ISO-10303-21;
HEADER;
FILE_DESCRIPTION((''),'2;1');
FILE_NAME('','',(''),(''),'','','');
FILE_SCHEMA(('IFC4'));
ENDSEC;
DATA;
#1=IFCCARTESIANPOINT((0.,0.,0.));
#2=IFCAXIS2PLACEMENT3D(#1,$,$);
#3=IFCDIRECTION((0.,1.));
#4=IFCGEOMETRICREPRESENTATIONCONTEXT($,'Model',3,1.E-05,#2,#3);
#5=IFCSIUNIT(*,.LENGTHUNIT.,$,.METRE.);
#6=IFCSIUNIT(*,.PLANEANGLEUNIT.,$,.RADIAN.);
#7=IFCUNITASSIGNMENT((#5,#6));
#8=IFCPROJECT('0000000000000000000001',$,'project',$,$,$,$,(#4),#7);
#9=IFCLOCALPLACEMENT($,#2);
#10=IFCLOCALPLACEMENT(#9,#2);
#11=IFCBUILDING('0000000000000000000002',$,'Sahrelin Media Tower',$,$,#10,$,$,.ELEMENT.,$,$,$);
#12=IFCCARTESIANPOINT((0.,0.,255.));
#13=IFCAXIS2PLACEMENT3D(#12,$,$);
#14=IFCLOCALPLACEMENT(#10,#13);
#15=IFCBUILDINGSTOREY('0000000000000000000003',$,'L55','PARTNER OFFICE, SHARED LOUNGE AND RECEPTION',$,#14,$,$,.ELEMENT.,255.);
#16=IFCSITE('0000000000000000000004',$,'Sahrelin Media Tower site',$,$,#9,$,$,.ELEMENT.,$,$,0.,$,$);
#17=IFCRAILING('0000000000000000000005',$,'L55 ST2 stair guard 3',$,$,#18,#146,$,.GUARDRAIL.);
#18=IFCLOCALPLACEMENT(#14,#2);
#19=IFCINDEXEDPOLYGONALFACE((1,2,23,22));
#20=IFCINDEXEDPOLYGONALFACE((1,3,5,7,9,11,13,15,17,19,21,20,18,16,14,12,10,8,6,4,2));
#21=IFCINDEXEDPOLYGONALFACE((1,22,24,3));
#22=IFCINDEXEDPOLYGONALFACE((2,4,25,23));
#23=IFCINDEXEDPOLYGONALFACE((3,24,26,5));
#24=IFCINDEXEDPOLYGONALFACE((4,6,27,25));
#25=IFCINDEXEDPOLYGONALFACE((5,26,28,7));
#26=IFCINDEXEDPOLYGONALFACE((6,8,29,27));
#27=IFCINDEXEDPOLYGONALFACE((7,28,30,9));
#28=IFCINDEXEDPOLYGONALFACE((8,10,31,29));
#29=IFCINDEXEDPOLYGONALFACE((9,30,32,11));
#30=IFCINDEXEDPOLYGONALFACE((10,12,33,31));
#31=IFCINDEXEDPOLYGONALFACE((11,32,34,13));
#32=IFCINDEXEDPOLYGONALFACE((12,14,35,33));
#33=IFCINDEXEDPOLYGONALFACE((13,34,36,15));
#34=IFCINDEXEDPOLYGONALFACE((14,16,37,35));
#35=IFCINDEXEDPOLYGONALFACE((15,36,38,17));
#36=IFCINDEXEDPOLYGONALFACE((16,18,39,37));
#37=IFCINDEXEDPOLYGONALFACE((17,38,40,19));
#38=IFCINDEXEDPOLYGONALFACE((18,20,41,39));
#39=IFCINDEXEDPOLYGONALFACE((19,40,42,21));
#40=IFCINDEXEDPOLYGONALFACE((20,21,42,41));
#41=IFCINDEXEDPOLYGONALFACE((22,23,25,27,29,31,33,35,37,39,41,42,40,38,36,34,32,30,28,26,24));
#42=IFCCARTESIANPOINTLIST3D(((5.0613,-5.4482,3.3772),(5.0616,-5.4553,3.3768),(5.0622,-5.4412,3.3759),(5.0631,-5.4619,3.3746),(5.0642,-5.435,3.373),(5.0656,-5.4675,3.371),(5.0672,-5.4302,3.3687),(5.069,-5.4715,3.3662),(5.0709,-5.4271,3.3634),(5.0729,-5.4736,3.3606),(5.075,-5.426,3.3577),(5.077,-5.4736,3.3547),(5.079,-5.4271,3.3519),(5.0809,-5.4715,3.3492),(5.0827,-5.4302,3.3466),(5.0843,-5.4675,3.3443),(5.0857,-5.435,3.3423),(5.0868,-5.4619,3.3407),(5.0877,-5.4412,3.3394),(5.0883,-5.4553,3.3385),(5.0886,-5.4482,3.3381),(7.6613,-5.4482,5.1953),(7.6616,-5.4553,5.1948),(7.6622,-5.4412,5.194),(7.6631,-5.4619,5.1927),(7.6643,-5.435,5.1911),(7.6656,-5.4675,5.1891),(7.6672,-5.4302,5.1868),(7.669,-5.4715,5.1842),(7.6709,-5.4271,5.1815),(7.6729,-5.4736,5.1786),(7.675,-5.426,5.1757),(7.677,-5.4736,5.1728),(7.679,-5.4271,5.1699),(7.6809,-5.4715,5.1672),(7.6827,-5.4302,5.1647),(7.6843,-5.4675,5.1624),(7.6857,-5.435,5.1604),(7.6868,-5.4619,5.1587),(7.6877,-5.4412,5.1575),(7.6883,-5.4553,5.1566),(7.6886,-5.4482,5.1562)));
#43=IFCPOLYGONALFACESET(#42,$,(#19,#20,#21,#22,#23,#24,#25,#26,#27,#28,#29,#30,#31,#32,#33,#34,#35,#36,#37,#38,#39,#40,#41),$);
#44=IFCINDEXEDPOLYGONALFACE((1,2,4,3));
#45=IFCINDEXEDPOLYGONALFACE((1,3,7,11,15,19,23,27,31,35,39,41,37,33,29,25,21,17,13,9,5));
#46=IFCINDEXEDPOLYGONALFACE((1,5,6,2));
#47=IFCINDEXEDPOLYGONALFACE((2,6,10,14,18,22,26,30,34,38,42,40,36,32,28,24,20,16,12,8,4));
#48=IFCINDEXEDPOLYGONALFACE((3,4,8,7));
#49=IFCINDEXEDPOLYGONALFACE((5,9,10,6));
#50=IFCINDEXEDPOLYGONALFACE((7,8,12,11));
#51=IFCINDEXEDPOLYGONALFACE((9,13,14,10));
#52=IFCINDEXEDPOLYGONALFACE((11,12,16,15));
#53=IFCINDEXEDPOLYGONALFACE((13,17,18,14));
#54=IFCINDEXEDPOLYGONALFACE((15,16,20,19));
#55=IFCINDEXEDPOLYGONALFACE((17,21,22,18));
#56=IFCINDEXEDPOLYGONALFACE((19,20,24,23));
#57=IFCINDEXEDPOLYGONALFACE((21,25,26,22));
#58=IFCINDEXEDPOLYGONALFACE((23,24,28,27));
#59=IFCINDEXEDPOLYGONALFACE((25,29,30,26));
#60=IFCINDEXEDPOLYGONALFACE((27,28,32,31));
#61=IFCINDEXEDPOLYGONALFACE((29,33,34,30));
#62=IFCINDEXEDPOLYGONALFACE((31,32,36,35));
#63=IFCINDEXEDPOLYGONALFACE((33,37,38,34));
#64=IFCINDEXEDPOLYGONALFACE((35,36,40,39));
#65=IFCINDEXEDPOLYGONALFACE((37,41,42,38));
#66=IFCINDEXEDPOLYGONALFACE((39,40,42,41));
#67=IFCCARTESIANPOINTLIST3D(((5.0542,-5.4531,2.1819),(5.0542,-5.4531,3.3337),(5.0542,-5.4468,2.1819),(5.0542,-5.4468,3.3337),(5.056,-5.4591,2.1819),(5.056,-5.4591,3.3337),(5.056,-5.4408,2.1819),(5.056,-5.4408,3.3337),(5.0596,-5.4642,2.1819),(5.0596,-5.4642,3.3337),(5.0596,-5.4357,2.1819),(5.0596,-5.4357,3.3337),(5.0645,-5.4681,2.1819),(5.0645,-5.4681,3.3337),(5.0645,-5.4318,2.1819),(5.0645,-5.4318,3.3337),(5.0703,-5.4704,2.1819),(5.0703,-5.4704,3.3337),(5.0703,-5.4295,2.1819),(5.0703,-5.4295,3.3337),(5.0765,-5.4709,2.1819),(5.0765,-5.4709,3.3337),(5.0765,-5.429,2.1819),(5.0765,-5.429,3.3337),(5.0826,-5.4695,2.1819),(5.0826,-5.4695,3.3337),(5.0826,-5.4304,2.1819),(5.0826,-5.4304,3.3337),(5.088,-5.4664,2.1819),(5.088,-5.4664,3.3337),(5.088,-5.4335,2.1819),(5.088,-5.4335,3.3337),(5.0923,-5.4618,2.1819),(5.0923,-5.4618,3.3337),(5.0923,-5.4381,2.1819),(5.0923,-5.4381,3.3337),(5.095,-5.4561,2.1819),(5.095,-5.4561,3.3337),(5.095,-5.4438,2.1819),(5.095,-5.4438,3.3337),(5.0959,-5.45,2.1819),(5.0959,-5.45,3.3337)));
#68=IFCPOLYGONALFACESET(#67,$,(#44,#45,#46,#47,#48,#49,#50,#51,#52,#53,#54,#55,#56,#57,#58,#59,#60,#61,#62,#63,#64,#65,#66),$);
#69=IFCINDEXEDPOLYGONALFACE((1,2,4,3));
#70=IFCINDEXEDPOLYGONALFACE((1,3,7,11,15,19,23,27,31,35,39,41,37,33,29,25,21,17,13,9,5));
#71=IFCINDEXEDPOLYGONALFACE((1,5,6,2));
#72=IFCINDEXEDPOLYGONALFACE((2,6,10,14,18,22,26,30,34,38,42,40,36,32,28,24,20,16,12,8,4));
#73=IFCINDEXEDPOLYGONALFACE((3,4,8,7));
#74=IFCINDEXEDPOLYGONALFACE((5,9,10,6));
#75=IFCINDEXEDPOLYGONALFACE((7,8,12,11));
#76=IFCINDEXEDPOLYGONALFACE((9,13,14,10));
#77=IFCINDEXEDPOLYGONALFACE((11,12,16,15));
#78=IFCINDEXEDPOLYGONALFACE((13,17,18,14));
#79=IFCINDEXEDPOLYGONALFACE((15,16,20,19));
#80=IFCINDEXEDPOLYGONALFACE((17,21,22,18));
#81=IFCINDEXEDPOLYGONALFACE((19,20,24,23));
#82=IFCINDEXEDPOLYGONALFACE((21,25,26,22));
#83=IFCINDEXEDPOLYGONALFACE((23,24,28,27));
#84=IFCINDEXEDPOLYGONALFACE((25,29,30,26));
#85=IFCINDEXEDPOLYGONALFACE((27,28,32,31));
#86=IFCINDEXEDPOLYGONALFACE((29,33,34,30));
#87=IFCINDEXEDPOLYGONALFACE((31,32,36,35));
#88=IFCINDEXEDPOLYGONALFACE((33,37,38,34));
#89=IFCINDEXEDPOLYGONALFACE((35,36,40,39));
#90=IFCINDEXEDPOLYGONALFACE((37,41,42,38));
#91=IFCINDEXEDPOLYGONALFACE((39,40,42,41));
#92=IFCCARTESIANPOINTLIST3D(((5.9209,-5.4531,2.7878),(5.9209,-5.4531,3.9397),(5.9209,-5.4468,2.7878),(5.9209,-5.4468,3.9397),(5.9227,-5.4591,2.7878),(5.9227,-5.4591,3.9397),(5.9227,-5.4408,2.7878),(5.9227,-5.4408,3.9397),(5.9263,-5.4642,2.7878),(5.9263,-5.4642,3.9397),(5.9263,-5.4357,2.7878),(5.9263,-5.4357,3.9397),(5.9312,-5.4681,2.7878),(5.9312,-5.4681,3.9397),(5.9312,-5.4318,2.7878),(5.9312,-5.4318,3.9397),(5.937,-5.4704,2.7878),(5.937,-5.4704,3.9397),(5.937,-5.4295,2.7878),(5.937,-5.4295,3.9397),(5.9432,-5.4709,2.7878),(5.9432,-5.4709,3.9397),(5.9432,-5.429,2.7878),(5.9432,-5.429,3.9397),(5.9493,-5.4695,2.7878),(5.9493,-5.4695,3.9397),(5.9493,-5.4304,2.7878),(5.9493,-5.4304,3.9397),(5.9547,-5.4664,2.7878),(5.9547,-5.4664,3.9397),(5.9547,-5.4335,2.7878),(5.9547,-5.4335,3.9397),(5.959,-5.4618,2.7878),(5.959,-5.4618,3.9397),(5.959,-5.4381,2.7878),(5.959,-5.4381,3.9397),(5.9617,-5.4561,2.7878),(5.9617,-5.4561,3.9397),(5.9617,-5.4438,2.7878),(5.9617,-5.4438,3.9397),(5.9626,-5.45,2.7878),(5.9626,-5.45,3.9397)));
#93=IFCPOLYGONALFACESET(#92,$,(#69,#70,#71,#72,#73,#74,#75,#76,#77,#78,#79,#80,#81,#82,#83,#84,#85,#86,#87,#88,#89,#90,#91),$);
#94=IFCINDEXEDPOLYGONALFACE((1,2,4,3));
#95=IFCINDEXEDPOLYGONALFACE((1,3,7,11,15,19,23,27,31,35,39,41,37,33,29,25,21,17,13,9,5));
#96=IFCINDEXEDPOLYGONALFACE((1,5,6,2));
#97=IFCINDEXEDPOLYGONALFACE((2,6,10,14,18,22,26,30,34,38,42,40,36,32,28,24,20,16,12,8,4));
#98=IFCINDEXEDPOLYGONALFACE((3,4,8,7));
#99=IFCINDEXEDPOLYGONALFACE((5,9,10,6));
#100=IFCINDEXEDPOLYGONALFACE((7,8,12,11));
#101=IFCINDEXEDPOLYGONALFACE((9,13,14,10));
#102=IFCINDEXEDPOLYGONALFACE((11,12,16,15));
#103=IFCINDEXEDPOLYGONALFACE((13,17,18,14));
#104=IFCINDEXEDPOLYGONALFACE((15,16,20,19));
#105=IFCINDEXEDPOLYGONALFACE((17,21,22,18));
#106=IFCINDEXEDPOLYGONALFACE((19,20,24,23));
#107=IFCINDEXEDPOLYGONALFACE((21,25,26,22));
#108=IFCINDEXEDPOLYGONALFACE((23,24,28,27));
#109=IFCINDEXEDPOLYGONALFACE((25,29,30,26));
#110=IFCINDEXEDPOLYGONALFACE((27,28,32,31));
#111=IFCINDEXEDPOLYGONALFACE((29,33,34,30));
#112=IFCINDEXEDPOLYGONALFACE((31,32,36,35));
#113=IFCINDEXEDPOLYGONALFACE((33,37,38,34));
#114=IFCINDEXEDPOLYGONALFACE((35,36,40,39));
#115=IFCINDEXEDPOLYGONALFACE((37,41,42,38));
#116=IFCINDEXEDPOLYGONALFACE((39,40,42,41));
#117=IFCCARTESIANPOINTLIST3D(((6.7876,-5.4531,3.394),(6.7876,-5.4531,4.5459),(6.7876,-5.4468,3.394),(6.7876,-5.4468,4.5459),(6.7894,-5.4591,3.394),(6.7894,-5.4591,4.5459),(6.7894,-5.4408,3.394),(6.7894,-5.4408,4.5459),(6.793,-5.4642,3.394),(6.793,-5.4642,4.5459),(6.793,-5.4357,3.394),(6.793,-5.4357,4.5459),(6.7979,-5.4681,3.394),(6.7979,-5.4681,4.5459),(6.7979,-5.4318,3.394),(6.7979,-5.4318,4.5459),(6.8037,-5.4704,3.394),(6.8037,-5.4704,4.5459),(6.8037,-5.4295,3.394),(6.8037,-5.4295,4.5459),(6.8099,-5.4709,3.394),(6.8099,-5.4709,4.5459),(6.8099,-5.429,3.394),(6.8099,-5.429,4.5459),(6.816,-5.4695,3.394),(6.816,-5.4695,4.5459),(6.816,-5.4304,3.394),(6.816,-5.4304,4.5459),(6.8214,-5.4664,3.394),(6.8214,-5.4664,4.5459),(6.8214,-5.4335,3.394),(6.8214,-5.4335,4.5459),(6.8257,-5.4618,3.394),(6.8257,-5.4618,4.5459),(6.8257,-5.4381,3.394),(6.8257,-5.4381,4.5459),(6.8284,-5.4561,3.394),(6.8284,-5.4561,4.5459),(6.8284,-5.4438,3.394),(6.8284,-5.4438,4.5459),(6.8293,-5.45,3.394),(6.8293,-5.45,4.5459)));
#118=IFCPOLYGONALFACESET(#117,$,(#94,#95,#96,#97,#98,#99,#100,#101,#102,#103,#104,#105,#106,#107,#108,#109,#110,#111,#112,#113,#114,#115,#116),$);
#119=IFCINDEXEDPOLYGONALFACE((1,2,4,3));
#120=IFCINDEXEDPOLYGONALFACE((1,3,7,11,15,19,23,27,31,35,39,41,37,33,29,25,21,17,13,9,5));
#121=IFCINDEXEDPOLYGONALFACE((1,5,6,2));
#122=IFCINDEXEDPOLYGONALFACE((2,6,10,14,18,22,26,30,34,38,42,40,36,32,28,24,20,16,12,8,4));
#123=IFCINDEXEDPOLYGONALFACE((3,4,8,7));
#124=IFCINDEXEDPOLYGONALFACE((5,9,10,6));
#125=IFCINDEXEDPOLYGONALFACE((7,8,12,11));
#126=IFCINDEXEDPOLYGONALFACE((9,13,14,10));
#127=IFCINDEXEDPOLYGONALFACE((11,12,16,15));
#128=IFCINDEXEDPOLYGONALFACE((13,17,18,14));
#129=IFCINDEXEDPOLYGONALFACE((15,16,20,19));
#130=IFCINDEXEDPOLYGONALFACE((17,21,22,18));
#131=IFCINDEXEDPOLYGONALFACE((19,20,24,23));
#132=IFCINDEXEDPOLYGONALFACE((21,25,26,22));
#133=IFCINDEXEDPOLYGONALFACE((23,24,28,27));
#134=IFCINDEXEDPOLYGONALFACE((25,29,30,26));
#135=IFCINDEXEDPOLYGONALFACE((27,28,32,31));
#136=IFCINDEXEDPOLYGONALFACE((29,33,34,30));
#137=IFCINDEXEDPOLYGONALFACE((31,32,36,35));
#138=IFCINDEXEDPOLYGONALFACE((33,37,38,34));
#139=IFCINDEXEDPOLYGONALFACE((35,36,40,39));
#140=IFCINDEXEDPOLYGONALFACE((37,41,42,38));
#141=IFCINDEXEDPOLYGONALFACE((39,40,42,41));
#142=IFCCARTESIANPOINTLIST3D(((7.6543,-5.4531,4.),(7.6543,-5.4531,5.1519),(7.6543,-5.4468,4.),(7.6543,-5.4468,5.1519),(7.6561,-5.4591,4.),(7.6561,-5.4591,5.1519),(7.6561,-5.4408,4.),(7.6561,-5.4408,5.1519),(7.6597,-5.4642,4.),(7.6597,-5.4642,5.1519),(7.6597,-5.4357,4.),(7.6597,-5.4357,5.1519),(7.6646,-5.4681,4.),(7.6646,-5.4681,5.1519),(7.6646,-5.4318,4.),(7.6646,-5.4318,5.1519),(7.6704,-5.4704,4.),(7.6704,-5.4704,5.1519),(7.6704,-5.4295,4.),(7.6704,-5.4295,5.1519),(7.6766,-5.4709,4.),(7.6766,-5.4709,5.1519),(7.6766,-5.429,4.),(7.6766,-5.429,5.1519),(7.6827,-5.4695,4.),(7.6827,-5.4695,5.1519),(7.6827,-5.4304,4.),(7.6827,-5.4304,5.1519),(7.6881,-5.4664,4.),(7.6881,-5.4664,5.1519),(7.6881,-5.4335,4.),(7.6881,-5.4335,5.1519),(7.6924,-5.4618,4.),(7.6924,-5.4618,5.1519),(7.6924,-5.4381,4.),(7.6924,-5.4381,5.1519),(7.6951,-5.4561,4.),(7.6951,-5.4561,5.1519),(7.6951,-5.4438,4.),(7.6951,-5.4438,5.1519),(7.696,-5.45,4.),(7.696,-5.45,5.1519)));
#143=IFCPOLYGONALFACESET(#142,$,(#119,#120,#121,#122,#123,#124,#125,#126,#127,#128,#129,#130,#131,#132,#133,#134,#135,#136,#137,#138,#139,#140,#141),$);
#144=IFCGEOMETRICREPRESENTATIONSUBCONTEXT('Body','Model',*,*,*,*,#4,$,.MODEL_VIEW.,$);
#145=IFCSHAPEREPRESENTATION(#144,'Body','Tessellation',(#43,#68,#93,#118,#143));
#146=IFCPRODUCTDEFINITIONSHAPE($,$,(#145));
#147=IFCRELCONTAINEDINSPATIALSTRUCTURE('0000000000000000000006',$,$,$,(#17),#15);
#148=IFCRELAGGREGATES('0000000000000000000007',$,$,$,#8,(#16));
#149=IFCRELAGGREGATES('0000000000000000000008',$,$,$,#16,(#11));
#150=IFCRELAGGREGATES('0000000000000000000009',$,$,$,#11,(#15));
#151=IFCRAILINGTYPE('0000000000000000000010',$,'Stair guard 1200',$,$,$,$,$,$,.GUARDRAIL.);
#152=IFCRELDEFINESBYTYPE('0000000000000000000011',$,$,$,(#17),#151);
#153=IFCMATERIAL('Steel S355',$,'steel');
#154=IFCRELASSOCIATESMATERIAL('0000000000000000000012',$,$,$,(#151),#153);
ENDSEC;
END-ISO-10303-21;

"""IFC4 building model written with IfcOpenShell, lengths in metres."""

from ifc_helpers import new_model, si_unit, direction, frame, origin, origin_2d, place, context, subcontext, project, spatial, circle, extrude, material, type_object, element, save


model = new_model("IFC4")

# Units and contexts
model_context = context("Model", 3, precision=1e-05, world=origin(), true_north=direction((0.0, 1.0)))
body_context = subcontext(model_context, "Body", "Model", "MODEL_VIEW")
ifc_project = project(units=[si_unit("LENGTHUNIT", "METRE"), si_unit("PLANEANGLEUNIT", "RADIAN")], contexts=[model_context])

# Site, building, storey
site_placement = place(None, origin())
site = spatial("IfcSite", under=ifc_project, at=site_placement, Name="Sahrelin Media Tower site", CompositionType="ELEMENT", RefElevation=0.0)
building_placement = place(site_placement, origin())
building = spatial("IfcBuilding", under=site, at=building_placement, Name="Sahrelin Media Tower", CompositionType="ELEMENT")
storey_placement = place(building_placement, frame((0.0, 0.0, 255.0)))
storey = spatial("IfcBuildingStorey", under=building, at=storey_placement, Name="L55", Description="PARTNER OFFICE, SHARED LOUNGE AND RECEPTION", CompositionType="ELEMENT", Elevation=255.0)

# Shared definitions
ifc_material_1 = material(Name="Steel S355", Category="steel")

# Railing
railing_type_1 = type_object("IfcRailingType", Name="Stair guard 1200", PredefinedType="GUARDRAIL", material=ifc_material_1)
railing_1_placement = place(storey_placement, frame((5.075, -5.45, 2.1819)))
element("IfcRailing", 1, at=railing_1_placement, inside=storey, type_object=railing_type_1, Name="L55 ST2 stair guard 3", PredefinedType="GUARDRAIL", context=body_context, shape_type="SweptSolid", body=[
    extrude(circle(Radius=0.0239, at=origin_2d()), frame((0.0, 0.0, 1.1758), z_axis=(0.819521, 0.0, 0.573049), x_axis=(0.0, 1.0, 0.0)), (0.0, 0.0, 1.0), 3.1726),
    extrude(circle(Radius=0.021, at=origin_2d()), origin(), (0.0, 0.0, 1.0), 1.1519),
    extrude(circle(Radius=0.021, at=origin_2d()), frame((0.8667, 0.0, 0.606)), (0.0, 0.0, 1.0), 1.1519),
    extrude(circle(Radius=0.021, at=origin_2d()), frame((1.7334, 0.0, 1.2122)), (0.0, 0.0, 1.0), 1.1519),
    extrude(circle(Radius=0.021, at=origin_2d()), frame((2.6001, 0.0, 1.8181)), (0.0, 0.0, 1.0), 1.1519),
])

save(model, "model.ifc")
